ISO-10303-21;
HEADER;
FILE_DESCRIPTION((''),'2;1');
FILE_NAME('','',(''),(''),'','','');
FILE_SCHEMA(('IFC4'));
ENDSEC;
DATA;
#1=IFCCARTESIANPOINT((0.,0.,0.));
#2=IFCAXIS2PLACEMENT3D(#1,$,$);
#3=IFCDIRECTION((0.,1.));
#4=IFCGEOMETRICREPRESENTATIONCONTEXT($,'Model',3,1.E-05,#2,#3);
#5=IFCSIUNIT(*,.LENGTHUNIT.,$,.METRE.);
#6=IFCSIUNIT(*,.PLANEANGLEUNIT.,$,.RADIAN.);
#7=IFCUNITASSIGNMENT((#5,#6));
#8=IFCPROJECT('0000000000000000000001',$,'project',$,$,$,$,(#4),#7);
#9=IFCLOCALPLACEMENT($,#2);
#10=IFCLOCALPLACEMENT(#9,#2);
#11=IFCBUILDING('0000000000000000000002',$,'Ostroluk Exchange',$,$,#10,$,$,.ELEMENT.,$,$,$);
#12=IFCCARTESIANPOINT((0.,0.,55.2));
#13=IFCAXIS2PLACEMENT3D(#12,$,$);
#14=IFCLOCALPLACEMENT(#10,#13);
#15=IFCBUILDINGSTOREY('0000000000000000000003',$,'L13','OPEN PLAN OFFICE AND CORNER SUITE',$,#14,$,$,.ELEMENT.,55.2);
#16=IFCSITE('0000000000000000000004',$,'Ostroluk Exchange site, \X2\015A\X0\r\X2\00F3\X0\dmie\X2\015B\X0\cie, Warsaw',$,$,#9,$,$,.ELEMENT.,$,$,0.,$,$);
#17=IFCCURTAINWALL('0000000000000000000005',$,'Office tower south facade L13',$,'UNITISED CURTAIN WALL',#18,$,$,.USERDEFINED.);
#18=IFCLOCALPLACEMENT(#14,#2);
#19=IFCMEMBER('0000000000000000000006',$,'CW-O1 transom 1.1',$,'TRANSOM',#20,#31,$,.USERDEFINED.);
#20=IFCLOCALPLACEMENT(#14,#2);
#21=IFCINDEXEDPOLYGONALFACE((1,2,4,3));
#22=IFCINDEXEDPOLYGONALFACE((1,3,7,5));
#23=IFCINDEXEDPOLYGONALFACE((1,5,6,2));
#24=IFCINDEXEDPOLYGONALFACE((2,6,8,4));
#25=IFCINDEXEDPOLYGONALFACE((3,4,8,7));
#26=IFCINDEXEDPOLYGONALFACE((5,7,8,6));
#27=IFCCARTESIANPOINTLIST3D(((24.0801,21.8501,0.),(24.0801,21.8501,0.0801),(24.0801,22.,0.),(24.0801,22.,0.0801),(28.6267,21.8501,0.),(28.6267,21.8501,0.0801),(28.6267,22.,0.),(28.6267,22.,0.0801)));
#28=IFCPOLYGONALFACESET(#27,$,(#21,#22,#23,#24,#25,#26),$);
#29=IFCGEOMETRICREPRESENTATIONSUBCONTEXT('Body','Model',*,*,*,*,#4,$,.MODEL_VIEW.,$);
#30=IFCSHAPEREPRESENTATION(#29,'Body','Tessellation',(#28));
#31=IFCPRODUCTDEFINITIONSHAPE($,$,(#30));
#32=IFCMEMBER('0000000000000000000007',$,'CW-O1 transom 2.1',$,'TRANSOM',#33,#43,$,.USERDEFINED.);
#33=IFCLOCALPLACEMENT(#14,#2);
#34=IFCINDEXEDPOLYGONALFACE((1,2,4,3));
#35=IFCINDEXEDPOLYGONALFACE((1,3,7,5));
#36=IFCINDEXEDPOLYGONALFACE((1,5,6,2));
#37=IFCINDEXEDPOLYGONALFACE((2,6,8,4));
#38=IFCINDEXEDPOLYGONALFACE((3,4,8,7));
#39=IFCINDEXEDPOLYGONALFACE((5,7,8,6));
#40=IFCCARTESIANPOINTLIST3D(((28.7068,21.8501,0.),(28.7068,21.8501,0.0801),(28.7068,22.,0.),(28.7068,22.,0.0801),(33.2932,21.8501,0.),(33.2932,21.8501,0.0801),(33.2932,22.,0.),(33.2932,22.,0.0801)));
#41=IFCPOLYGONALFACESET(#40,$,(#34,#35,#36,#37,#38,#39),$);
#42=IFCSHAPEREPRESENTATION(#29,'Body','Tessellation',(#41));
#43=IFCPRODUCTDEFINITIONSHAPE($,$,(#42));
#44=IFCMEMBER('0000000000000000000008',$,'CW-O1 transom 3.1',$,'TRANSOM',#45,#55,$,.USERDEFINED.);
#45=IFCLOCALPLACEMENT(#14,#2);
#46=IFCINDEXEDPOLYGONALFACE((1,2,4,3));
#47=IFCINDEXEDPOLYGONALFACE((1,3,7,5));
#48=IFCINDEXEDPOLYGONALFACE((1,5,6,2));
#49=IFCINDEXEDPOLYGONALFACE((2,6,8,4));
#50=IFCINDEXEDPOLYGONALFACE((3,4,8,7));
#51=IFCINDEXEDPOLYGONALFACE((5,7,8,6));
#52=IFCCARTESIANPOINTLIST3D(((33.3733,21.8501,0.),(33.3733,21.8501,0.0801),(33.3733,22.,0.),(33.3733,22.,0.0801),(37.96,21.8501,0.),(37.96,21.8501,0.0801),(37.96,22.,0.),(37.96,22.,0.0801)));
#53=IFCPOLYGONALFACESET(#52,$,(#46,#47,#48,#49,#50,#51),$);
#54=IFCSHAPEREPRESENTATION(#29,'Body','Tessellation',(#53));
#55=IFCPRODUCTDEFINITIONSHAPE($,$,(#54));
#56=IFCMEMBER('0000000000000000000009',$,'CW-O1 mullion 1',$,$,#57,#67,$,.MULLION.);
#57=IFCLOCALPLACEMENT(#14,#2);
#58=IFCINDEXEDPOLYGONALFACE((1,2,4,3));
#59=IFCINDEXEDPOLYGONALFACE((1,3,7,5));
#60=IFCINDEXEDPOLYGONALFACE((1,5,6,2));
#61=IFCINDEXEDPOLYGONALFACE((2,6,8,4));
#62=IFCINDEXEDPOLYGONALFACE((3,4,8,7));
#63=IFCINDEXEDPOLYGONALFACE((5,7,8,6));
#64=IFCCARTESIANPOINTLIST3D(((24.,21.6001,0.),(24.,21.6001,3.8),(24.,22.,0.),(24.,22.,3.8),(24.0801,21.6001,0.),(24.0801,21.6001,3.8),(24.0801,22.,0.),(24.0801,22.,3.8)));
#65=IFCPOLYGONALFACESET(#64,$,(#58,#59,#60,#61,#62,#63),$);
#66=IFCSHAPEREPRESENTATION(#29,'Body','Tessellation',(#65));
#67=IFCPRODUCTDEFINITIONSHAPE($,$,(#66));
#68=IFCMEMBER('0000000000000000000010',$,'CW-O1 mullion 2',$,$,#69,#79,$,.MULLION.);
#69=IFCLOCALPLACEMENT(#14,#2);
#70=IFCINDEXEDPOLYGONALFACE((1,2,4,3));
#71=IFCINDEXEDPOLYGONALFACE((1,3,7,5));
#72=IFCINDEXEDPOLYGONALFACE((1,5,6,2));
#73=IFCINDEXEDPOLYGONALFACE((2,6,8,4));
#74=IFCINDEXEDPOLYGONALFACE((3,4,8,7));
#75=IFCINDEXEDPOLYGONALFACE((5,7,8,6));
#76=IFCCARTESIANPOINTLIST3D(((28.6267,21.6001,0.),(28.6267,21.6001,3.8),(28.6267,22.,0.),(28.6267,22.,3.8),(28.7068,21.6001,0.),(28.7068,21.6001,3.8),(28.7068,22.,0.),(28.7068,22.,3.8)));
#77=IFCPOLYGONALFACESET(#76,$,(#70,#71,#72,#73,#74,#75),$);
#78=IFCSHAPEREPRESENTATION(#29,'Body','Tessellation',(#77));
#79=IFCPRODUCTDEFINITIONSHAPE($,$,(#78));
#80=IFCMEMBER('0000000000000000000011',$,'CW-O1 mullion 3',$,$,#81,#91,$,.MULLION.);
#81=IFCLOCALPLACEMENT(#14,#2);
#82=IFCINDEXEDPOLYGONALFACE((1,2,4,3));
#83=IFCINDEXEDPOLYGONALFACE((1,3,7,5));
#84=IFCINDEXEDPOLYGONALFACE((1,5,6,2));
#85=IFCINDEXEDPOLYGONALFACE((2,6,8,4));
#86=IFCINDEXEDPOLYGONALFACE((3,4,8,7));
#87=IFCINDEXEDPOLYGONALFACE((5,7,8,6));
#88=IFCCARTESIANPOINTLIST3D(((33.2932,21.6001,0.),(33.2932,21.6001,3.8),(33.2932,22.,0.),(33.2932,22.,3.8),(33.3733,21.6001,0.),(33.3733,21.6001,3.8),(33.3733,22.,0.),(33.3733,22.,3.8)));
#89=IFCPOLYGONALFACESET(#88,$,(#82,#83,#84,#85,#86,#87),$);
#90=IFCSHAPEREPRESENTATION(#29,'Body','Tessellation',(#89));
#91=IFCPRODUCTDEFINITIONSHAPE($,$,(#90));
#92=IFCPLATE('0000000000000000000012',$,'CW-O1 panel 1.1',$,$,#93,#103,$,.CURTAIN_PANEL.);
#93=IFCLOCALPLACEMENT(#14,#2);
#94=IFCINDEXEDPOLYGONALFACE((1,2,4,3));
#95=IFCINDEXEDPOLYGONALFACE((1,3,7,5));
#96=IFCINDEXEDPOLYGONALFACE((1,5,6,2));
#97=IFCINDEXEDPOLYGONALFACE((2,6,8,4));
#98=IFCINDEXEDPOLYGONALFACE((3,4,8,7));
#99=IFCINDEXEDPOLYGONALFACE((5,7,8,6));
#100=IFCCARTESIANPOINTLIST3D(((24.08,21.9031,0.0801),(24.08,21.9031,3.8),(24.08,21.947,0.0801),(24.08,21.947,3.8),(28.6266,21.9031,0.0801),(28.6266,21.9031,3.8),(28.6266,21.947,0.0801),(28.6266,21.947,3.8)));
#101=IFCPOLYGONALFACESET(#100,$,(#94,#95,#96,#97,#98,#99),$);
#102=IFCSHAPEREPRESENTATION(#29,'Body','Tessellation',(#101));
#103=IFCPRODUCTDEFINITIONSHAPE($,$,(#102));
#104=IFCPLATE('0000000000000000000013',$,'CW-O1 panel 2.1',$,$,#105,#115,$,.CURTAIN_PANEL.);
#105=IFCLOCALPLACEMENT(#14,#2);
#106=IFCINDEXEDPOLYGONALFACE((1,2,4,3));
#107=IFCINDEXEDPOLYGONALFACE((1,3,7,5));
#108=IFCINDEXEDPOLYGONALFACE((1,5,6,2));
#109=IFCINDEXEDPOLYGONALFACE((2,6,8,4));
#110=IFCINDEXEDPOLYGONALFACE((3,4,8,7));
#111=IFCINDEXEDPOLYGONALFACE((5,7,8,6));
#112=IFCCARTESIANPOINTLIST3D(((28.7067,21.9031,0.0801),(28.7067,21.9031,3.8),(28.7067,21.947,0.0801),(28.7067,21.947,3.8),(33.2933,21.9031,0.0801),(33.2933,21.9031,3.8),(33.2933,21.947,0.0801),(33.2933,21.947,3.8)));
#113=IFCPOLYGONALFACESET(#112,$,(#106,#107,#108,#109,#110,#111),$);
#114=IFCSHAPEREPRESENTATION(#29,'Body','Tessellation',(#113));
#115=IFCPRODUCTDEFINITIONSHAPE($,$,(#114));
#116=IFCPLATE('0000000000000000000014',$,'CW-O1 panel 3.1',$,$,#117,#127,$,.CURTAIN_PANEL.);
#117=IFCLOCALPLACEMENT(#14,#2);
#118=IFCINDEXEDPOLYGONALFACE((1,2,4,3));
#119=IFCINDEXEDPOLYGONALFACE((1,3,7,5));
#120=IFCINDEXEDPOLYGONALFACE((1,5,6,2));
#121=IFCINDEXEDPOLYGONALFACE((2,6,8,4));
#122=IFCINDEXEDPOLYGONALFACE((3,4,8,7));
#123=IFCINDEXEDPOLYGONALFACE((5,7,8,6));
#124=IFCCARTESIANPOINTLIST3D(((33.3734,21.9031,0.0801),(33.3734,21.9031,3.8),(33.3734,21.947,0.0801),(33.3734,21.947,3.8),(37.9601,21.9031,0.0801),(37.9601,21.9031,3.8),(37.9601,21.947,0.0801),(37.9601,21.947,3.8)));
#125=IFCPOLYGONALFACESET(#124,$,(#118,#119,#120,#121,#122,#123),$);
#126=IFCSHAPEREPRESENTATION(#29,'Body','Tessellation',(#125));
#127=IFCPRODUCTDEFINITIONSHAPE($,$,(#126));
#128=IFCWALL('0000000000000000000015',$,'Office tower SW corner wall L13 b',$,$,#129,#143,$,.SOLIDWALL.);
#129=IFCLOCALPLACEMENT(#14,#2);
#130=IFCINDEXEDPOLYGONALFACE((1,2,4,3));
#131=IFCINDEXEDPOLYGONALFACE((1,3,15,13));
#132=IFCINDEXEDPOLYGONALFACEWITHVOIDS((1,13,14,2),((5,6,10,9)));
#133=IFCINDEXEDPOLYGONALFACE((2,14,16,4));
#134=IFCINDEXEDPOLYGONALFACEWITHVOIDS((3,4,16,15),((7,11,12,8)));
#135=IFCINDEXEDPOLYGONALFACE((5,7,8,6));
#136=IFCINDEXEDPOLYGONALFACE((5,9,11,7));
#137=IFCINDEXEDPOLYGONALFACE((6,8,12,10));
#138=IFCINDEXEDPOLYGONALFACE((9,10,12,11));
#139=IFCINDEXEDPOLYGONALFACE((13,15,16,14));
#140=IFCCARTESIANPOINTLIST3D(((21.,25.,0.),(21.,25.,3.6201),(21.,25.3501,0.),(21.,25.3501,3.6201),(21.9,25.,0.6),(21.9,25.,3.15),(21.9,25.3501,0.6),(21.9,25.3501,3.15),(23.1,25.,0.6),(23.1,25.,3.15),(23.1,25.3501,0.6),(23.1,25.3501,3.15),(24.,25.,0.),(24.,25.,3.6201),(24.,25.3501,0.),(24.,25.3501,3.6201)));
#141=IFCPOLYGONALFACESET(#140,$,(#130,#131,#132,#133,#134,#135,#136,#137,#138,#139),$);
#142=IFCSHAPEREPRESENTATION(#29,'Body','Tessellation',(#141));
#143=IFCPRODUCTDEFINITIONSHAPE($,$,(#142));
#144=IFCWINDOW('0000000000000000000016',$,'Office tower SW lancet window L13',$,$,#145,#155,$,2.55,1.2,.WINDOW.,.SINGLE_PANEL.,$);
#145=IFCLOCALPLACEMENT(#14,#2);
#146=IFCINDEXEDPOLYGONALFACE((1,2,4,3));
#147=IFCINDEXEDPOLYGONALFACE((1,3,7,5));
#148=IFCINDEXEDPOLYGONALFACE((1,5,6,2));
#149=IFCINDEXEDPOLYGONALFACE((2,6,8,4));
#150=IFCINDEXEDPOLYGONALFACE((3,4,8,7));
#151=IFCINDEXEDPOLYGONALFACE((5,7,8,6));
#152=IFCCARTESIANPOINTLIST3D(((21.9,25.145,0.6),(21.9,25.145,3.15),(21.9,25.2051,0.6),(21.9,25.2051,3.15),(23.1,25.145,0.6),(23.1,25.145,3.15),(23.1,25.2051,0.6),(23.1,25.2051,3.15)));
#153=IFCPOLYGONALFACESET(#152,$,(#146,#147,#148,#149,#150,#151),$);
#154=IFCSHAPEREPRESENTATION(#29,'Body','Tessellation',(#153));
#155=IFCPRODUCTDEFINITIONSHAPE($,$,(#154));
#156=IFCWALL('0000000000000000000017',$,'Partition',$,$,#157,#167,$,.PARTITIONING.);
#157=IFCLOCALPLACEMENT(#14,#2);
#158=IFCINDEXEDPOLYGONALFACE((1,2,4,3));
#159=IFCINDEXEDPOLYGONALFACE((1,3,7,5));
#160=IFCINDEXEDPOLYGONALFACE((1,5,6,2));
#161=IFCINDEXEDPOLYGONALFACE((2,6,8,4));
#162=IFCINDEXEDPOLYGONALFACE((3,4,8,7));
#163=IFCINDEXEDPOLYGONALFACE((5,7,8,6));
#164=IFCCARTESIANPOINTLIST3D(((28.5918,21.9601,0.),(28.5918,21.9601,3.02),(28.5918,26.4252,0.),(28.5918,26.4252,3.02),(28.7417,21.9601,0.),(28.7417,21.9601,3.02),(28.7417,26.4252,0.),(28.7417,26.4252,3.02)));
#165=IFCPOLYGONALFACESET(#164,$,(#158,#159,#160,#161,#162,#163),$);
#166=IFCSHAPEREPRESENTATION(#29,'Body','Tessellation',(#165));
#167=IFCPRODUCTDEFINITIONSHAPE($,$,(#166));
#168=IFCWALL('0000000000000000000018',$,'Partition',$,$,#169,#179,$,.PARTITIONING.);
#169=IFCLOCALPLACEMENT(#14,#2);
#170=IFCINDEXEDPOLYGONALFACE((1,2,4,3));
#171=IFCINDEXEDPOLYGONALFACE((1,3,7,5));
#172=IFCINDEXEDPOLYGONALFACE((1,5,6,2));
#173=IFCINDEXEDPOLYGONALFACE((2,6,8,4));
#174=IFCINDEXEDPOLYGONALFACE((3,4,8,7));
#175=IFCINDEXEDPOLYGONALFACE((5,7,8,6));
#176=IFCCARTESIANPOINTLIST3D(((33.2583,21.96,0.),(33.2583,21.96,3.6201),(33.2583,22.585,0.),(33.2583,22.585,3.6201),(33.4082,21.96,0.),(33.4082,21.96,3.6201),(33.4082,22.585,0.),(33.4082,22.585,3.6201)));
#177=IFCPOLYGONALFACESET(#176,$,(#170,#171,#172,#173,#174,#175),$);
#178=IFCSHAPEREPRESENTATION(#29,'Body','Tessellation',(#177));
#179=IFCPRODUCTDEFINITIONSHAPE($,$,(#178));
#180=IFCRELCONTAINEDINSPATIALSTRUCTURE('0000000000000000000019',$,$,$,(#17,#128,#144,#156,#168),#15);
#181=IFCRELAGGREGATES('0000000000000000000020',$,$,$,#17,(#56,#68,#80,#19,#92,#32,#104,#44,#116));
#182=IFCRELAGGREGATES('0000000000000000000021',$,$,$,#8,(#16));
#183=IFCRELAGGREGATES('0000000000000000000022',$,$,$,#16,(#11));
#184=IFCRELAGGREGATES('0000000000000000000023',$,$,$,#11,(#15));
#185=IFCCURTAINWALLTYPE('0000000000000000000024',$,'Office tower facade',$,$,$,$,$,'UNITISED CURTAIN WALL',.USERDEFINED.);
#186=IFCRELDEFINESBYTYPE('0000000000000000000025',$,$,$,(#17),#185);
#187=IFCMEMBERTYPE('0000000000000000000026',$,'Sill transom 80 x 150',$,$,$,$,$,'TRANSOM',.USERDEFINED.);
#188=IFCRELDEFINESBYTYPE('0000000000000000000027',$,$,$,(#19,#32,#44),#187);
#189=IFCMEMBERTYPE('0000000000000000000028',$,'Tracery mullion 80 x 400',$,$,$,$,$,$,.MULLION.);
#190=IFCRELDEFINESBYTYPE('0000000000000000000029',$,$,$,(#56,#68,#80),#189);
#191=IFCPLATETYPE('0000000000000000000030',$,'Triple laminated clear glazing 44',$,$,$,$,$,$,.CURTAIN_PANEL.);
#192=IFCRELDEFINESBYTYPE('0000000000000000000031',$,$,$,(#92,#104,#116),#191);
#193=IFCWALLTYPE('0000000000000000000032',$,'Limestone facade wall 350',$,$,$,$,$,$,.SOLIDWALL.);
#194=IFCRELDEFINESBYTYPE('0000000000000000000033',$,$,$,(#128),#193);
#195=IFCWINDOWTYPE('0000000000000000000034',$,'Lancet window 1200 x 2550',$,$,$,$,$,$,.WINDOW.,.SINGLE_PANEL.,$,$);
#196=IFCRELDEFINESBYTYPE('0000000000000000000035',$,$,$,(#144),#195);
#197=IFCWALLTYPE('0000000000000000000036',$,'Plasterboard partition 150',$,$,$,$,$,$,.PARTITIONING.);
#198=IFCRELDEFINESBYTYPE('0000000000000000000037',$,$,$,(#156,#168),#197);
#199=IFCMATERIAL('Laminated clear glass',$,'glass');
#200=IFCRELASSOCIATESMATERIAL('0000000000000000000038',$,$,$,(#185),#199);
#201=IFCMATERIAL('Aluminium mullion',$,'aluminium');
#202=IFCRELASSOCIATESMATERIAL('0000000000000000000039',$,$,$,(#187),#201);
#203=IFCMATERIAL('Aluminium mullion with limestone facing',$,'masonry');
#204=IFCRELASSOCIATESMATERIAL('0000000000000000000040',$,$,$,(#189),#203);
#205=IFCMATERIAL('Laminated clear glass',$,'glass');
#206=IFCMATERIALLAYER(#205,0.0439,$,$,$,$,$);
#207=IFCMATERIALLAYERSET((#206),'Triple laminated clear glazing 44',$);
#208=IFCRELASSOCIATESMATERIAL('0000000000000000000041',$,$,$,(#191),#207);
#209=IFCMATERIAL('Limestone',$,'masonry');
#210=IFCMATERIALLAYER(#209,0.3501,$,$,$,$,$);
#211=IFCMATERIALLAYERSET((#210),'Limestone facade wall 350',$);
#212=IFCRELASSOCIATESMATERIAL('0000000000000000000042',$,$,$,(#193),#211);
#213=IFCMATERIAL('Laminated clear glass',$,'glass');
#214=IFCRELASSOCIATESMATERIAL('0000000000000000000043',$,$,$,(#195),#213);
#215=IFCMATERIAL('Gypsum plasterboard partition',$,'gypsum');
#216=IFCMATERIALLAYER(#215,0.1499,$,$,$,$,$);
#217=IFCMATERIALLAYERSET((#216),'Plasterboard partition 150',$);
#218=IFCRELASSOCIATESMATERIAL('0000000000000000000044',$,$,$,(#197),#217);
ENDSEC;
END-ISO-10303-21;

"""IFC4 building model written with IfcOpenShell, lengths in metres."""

from ifc_helpers import new_model, si_unit, direction, frame, frame_2d, origin, origin_2d, place, context, subcontext, project, spatial, rectangle, extrude, material, layer, layer_set, material_profile, profile_set, type_object, element, fill, aggregate, save


model = new_model("IFC4")

# Units and contexts
model_context = context("Model", 3, precision=1e-05, world=origin(), true_north=direction((0.0, 1.0)))
body_context = subcontext(model_context, "Body", "Model", "MODEL_VIEW")
ifc_project = project(units=[si_unit("LENGTHUNIT", "METRE"), si_unit("PLANEANGLEUNIT", "RADIAN")], contexts=[model_context])

# Site, building, storey
site_placement = place(None, origin())
site = spatial("IfcSite", under=ifc_project, at=site_placement, Name="Ostroluk Exchange site, Śródmieście, Warsaw", CompositionType="ELEMENT", RefElevation=0.0)
building_placement = place(site_placement, origin())
building = spatial("IfcBuilding", under=site, at=building_placement, Name="Ostroluk Exchange", CompositionType="ELEMENT")
storey_placement = place(building_placement, frame((0.0, 0.0, 55.2)))
storey = spatial("IfcBuildingStorey", under=building, at=storey_placement, Name="L13", Description="OPEN PLAN OFFICE AND CORNER SUITE", CompositionType="ELEMENT", Elevation=55.2)

# Curtain wall, members, plates
ifc_material_1 = material(Name="Laminated clear glass", Category="glass")
curtain_wall_type = type_object("IfcCurtainWallType", Name="Office tower facade", ElementType="UNITISED CURTAIN WALL", PredefinedType="USERDEFINED", material=ifc_material_1)
curtain_wall_placement = place(storey_placement, origin())
curtain_wall = element("IfcCurtainWall", 1, at=curtain_wall_placement, inside=storey, type_object=curtain_wall_type, Name="Office tower south facade L13", ObjectType="UNITISED CURTAIN WALL", PredefinedType="USERDEFINED")
ifc_material_2 = material(Name="Aluminium mullion", Category="aluminium")
ifc_material_profile_1 = material_profile(ifc_material_2, rectangle(XDim=0.1499, YDim=0.0801, at=origin_2d()), Name="Sill transom 80 x 150")
ifc_profile_set_1 = profile_set([ifc_material_profile_1], Name="Aluminium mullion")
member_type_1 = type_object("IfcMemberType", Name="Sill transom 80 x 150", ElementType="TRANSOM", PredefinedType="USERDEFINED", material=ifc_profile_set_1)
member_1_placement = place(storey_placement, frame((24.0801, 21.925, 0.04), z_axis=(1.0, 0.0, 0.0), x_axis=(0.0, 1.0, 0.0)))
member_1 = element("IfcMember", 2, at=member_1_placement, type_object=member_type_1, Name="CW-O1 transom 1.1", ObjectType="TRANSOM", PredefinedType="USERDEFINED", context=body_context, shape_type="SweptSolid", body=[
    extrude(rectangle(XDim=0.1499, YDim=0.0801, at=origin_2d()), origin(), (0.0, 0.0, 1.0), 4.5466),
])
member_2_placement = place(storey_placement, frame((28.7068, 21.925, 0.04), z_axis=(1.0, 0.0, 0.0), x_axis=(0.0, 1.0, 0.0)))
member_2 = element("IfcMember", 3, at=member_2_placement, type_object=member_type_1, Name="CW-O1 transom 2.1", ObjectType="TRANSOM", PredefinedType="USERDEFINED", context=body_context, shape_type="SweptSolid", body=[
    extrude(rectangle(XDim=0.1499, YDim=0.0801, at=origin_2d()), origin(), (0.0, 0.0, 1.0), 4.5864),
])
member_3_placement = place(storey_placement, frame((33.3733, 21.925, 0.04), z_axis=(1.0, 0.0, 0.0), x_axis=(0.0, 1.0, 0.0)))
member_3 = element("IfcMember", 4, at=member_3_placement, type_object=member_type_1, Name="CW-O1 transom 3.1", ObjectType="TRANSOM", PredefinedType="USERDEFINED", context=body_context, shape_type="SweptSolid", body=[
    extrude(rectangle(XDim=0.1499, YDim=0.0801, at=origin_2d()), origin(), (0.0, 0.0, 1.0), 4.5867),
])
ifc_material_3 = material(Name="Aluminium mullion with limestone facing", Category="masonry")
ifc_material_profile_2 = material_profile(ifc_material_3, rectangle(XDim=0.3999, YDim=0.0801, at=origin_2d()), Name="Tracery mullion 80 x 400")
ifc_profile_set_2 = profile_set([ifc_material_profile_2], Name="Aluminium mullion with limestone facing")
member_type_2 = type_object("IfcMemberType", Name="Tracery mullion 80 x 400", PredefinedType="MULLION", material=ifc_profile_set_2)
member_4_placement = place(storey_placement, frame((24.04, 21.8, 0.0), z_axis=(0.0, 0.0, 1.0), x_axis=(0.0, 1.0, 0.0)))
member_4 = element("IfcMember", 5, at=member_4_placement, type_object=member_type_2, Name="CW-O1 mullion 1", PredefinedType="MULLION", context=body_context, shape_type="SweptSolid", body=[
    extrude(rectangle(XDim=0.3999, YDim=0.0801, at=origin_2d()), origin(), (0.0, 0.0, 1.0), 3.8),
])
member_5_placement = place(storey_placement, frame((28.6667, 21.8, 0.0), z_axis=(0.0, 0.0, 1.0), x_axis=(0.0, 1.0, 0.0)))
member_5 = element("IfcMember", 6, at=member_5_placement, type_object=member_type_2, Name="CW-O1 mullion 2", PredefinedType="MULLION", context=body_context, shape_type="SweptSolid", body=[
    extrude(rectangle(XDim=0.3999, YDim=0.0801, at=origin_2d()), origin(), (0.0, 0.0, 1.0), 3.8),
])
member_6_placement = place(storey_placement, frame((33.3333, 21.8, 0.0), z_axis=(0.0, 0.0, 1.0), x_axis=(0.0, 1.0, 0.0)))
member_6 = element("IfcMember", 7, at=member_6_placement, type_object=member_type_2, Name="CW-O1 mullion 3", PredefinedType="MULLION", context=body_context, shape_type="SweptSolid", body=[
    extrude(rectangle(XDim=0.3999, YDim=0.0801, at=origin_2d()), origin(), (0.0, 0.0, 1.0), 3.8),
])
ifc_material_4 = material(Name="Laminated clear glass", Category="glass")
ifc_layer_1 = layer(ifc_material_4, 0.0439)
ifc_layer_set_1 = layer_set([ifc_layer_1], Name="Triple laminated clear glazing 44")
plate_type = type_object("IfcPlateType", Name="Triple laminated clear glazing 44", PredefinedType="CURTAIN_PANEL", material=ifc_layer_set_1)
plate_1_placement = place(storey_placement, frame((26.3533, 21.925, 0.0801), z_axis=(0.0, 0.0, 1.0), x_axis=(1.0, 0.0, 0.0)))
plate_1 = element("IfcPlate", 8, at=plate_1_placement, type_object=plate_type, Name="CW-O1 panel 1.1", PredefinedType="CURTAIN_PANEL", context=body_context, shape_type="SweptSolid", body=[
    extrude(rectangle(XDim=4.5466, YDim=0.0439, at=origin_2d()), origin(), (0.0, 0.0, 1.0), 3.72),
])
plate_2_placement = place(storey_placement, frame((31.0, 21.925, 0.0801), z_axis=(0.0, 0.0, 1.0), x_axis=(1.0, 0.0, 0.0)))
plate_2 = element("IfcPlate", 9, at=plate_2_placement, type_object=plate_type, Name="CW-O1 panel 2.1", PredefinedType="CURTAIN_PANEL", context=body_context, shape_type="SweptSolid", body=[
    extrude(rectangle(XDim=4.5867, YDim=0.0439, at=origin_2d()), origin(), (0.0, 0.0, 1.0), 3.72),
])
plate_3_placement = place(storey_placement, frame((35.6667, 21.925, 0.0801), z_axis=(0.0, 0.0, 1.0), x_axis=(1.0, 0.0, 0.0)))
plate_3 = element("IfcPlate", 10, at=plate_3_placement, type_object=plate_type, Name="CW-O1 panel 3.1", PredefinedType="CURTAIN_PANEL", context=body_context, shape_type="SweptSolid", body=[
    extrude(rectangle(XDim=4.5867, YDim=0.0439, at=origin_2d()), origin(), (0.0, 0.0, 1.0), 3.72),
])
aggregate(curtain_wall, [member_4, member_5, member_6, member_1, plate_1, member_2, plate_2, member_3, plate_3])

# Shared definitions
ifc_material_5 = material(Name="Limestone", Category="masonry")
ifc_layer_2 = layer(ifc_material_5, 0.3501)
ifc_layer_set_2 = layer_set([ifc_layer_2], Name="Limestone facade wall 350")
wall_type_1 = type_object("IfcWallType", Name="Limestone facade wall 350", PredefinedType="SOLIDWALL", material=ifc_layer_set_2)

# Wall, opening, window
wall_1_placement = place(storey_placement, frame((24.0, 25.175, 0.0), z_axis=(0.0, 0.0, 1.0), x_axis=(-1.0, 0.0, 0.0)))
wall_1 = element("IfcWall", 11, at=wall_1_placement, inside=storey, type_object=wall_type_1, Name="Office tower SW corner wall L13 b", PredefinedType="SOLIDWALL", context=body_context, shape_type="SweptSolid", body=[
    extrude(rectangle(XDim=3.0, YDim=0.3501, at=frame_2d((1.5, 0.0))), origin(), (0.0, 0.0, 1.0), 3.6201),
])
opening_1_placement = place(wall_1_placement, frame((0.8999, 0.0, 0.6001)))
opening_1 = element("IfcOpeningElement", 12, at=opening_1_placement, cuts=wall_1, PredefinedType="OPENING", context=body_context, shape_type="SweptSolid", body=[
    extrude(rectangle(XDim=1.2, YDim=2.55, at=frame_2d((0.6001, 1.2749))), frame((0.0, 0.1851, 0.0), z_axis=(0.0, -1.0, 0.0), x_axis=(1.0, 0.0, 0.0)), (0.0, 0.0, 1.0), 0.3701),
])
ifc_material_6 = material(Name="Laminated clear glass", Category="glass")
window_type = type_object("IfcWindowType", Name="Lancet window 1200 x 2550", PartitioningType="SINGLE_PANEL", PredefinedType="WINDOW", material=ifc_material_6)
window_placement = place(opening_1_placement, origin())
window = element("IfcWindow", 13, at=window_placement, inside=storey, type_object=window_type, Name="Office tower SW lancet window L13", OverallHeight=2.55, OverallWidth=1.2, PartitioningType="SINGLE_PANEL", PredefinedType="WINDOW", context=body_context, shape_type="SweptSolid", body=[
    extrude(rectangle(XDim=1.2, YDim=2.55, at=frame_2d((0.6001, 1.2749))), frame((0.0, 0.03, 0.0), z_axis=(0.0, -1.0, 0.0), x_axis=(1.0, 0.0, 0.0)), (0.0, 0.0, 1.0), 0.0601),
])
fill(opening_1, window)

# Walls
ifc_material_7 = material(Name="Gypsum plasterboard partition", Category="gypsum")
ifc_layer_3 = layer(ifc_material_7, 0.1499)
ifc_layer_set_3 = layer_set([ifc_layer_3], Name="Plasterboard partition 150")
wall_type_2 = type_object("IfcWallType", Name="Plasterboard partition 150", PredefinedType="PARTITIONING", material=ifc_layer_set_3)
wall_2_placement = place(storey_placement, frame((28.6667, 26.425, 0.0), z_axis=(0.0, 0.0, 1.0), x_axis=(0.0, -1.0, 0.0)))
element("IfcWall", 14, at=wall_2_placement, inside=storey, type_object=wall_type_2, Name="Partition", PredefinedType="PARTITIONING", context=body_context, shape_type="SweptSolid", body=[
    extrude(rectangle(XDim=4.4651, YDim=0.1499, at=frame_2d((2.2324, 0.0))), origin(), (0.0, 0.0, 1.0), 3.02),
])
wall_3_placement = place(storey_placement, frame((33.3333, 22.585, 0.0), z_axis=(0.0, 0.0, 1.0), x_axis=(0.0, -1.0, 0.0)))
element("IfcWall", 15, at=wall_3_placement, inside=storey, type_object=wall_type_2, Name="Partition", PredefinedType="PARTITIONING", context=body_context, shape_type="SweptSolid", body=[
    extrude(rectangle(XDim=0.625, YDim=0.1499, at=frame_2d((0.3125, 0.0))), origin(), (0.0, 0.0, 1.0), 3.6201),
])

save(model, "model.ifc")
